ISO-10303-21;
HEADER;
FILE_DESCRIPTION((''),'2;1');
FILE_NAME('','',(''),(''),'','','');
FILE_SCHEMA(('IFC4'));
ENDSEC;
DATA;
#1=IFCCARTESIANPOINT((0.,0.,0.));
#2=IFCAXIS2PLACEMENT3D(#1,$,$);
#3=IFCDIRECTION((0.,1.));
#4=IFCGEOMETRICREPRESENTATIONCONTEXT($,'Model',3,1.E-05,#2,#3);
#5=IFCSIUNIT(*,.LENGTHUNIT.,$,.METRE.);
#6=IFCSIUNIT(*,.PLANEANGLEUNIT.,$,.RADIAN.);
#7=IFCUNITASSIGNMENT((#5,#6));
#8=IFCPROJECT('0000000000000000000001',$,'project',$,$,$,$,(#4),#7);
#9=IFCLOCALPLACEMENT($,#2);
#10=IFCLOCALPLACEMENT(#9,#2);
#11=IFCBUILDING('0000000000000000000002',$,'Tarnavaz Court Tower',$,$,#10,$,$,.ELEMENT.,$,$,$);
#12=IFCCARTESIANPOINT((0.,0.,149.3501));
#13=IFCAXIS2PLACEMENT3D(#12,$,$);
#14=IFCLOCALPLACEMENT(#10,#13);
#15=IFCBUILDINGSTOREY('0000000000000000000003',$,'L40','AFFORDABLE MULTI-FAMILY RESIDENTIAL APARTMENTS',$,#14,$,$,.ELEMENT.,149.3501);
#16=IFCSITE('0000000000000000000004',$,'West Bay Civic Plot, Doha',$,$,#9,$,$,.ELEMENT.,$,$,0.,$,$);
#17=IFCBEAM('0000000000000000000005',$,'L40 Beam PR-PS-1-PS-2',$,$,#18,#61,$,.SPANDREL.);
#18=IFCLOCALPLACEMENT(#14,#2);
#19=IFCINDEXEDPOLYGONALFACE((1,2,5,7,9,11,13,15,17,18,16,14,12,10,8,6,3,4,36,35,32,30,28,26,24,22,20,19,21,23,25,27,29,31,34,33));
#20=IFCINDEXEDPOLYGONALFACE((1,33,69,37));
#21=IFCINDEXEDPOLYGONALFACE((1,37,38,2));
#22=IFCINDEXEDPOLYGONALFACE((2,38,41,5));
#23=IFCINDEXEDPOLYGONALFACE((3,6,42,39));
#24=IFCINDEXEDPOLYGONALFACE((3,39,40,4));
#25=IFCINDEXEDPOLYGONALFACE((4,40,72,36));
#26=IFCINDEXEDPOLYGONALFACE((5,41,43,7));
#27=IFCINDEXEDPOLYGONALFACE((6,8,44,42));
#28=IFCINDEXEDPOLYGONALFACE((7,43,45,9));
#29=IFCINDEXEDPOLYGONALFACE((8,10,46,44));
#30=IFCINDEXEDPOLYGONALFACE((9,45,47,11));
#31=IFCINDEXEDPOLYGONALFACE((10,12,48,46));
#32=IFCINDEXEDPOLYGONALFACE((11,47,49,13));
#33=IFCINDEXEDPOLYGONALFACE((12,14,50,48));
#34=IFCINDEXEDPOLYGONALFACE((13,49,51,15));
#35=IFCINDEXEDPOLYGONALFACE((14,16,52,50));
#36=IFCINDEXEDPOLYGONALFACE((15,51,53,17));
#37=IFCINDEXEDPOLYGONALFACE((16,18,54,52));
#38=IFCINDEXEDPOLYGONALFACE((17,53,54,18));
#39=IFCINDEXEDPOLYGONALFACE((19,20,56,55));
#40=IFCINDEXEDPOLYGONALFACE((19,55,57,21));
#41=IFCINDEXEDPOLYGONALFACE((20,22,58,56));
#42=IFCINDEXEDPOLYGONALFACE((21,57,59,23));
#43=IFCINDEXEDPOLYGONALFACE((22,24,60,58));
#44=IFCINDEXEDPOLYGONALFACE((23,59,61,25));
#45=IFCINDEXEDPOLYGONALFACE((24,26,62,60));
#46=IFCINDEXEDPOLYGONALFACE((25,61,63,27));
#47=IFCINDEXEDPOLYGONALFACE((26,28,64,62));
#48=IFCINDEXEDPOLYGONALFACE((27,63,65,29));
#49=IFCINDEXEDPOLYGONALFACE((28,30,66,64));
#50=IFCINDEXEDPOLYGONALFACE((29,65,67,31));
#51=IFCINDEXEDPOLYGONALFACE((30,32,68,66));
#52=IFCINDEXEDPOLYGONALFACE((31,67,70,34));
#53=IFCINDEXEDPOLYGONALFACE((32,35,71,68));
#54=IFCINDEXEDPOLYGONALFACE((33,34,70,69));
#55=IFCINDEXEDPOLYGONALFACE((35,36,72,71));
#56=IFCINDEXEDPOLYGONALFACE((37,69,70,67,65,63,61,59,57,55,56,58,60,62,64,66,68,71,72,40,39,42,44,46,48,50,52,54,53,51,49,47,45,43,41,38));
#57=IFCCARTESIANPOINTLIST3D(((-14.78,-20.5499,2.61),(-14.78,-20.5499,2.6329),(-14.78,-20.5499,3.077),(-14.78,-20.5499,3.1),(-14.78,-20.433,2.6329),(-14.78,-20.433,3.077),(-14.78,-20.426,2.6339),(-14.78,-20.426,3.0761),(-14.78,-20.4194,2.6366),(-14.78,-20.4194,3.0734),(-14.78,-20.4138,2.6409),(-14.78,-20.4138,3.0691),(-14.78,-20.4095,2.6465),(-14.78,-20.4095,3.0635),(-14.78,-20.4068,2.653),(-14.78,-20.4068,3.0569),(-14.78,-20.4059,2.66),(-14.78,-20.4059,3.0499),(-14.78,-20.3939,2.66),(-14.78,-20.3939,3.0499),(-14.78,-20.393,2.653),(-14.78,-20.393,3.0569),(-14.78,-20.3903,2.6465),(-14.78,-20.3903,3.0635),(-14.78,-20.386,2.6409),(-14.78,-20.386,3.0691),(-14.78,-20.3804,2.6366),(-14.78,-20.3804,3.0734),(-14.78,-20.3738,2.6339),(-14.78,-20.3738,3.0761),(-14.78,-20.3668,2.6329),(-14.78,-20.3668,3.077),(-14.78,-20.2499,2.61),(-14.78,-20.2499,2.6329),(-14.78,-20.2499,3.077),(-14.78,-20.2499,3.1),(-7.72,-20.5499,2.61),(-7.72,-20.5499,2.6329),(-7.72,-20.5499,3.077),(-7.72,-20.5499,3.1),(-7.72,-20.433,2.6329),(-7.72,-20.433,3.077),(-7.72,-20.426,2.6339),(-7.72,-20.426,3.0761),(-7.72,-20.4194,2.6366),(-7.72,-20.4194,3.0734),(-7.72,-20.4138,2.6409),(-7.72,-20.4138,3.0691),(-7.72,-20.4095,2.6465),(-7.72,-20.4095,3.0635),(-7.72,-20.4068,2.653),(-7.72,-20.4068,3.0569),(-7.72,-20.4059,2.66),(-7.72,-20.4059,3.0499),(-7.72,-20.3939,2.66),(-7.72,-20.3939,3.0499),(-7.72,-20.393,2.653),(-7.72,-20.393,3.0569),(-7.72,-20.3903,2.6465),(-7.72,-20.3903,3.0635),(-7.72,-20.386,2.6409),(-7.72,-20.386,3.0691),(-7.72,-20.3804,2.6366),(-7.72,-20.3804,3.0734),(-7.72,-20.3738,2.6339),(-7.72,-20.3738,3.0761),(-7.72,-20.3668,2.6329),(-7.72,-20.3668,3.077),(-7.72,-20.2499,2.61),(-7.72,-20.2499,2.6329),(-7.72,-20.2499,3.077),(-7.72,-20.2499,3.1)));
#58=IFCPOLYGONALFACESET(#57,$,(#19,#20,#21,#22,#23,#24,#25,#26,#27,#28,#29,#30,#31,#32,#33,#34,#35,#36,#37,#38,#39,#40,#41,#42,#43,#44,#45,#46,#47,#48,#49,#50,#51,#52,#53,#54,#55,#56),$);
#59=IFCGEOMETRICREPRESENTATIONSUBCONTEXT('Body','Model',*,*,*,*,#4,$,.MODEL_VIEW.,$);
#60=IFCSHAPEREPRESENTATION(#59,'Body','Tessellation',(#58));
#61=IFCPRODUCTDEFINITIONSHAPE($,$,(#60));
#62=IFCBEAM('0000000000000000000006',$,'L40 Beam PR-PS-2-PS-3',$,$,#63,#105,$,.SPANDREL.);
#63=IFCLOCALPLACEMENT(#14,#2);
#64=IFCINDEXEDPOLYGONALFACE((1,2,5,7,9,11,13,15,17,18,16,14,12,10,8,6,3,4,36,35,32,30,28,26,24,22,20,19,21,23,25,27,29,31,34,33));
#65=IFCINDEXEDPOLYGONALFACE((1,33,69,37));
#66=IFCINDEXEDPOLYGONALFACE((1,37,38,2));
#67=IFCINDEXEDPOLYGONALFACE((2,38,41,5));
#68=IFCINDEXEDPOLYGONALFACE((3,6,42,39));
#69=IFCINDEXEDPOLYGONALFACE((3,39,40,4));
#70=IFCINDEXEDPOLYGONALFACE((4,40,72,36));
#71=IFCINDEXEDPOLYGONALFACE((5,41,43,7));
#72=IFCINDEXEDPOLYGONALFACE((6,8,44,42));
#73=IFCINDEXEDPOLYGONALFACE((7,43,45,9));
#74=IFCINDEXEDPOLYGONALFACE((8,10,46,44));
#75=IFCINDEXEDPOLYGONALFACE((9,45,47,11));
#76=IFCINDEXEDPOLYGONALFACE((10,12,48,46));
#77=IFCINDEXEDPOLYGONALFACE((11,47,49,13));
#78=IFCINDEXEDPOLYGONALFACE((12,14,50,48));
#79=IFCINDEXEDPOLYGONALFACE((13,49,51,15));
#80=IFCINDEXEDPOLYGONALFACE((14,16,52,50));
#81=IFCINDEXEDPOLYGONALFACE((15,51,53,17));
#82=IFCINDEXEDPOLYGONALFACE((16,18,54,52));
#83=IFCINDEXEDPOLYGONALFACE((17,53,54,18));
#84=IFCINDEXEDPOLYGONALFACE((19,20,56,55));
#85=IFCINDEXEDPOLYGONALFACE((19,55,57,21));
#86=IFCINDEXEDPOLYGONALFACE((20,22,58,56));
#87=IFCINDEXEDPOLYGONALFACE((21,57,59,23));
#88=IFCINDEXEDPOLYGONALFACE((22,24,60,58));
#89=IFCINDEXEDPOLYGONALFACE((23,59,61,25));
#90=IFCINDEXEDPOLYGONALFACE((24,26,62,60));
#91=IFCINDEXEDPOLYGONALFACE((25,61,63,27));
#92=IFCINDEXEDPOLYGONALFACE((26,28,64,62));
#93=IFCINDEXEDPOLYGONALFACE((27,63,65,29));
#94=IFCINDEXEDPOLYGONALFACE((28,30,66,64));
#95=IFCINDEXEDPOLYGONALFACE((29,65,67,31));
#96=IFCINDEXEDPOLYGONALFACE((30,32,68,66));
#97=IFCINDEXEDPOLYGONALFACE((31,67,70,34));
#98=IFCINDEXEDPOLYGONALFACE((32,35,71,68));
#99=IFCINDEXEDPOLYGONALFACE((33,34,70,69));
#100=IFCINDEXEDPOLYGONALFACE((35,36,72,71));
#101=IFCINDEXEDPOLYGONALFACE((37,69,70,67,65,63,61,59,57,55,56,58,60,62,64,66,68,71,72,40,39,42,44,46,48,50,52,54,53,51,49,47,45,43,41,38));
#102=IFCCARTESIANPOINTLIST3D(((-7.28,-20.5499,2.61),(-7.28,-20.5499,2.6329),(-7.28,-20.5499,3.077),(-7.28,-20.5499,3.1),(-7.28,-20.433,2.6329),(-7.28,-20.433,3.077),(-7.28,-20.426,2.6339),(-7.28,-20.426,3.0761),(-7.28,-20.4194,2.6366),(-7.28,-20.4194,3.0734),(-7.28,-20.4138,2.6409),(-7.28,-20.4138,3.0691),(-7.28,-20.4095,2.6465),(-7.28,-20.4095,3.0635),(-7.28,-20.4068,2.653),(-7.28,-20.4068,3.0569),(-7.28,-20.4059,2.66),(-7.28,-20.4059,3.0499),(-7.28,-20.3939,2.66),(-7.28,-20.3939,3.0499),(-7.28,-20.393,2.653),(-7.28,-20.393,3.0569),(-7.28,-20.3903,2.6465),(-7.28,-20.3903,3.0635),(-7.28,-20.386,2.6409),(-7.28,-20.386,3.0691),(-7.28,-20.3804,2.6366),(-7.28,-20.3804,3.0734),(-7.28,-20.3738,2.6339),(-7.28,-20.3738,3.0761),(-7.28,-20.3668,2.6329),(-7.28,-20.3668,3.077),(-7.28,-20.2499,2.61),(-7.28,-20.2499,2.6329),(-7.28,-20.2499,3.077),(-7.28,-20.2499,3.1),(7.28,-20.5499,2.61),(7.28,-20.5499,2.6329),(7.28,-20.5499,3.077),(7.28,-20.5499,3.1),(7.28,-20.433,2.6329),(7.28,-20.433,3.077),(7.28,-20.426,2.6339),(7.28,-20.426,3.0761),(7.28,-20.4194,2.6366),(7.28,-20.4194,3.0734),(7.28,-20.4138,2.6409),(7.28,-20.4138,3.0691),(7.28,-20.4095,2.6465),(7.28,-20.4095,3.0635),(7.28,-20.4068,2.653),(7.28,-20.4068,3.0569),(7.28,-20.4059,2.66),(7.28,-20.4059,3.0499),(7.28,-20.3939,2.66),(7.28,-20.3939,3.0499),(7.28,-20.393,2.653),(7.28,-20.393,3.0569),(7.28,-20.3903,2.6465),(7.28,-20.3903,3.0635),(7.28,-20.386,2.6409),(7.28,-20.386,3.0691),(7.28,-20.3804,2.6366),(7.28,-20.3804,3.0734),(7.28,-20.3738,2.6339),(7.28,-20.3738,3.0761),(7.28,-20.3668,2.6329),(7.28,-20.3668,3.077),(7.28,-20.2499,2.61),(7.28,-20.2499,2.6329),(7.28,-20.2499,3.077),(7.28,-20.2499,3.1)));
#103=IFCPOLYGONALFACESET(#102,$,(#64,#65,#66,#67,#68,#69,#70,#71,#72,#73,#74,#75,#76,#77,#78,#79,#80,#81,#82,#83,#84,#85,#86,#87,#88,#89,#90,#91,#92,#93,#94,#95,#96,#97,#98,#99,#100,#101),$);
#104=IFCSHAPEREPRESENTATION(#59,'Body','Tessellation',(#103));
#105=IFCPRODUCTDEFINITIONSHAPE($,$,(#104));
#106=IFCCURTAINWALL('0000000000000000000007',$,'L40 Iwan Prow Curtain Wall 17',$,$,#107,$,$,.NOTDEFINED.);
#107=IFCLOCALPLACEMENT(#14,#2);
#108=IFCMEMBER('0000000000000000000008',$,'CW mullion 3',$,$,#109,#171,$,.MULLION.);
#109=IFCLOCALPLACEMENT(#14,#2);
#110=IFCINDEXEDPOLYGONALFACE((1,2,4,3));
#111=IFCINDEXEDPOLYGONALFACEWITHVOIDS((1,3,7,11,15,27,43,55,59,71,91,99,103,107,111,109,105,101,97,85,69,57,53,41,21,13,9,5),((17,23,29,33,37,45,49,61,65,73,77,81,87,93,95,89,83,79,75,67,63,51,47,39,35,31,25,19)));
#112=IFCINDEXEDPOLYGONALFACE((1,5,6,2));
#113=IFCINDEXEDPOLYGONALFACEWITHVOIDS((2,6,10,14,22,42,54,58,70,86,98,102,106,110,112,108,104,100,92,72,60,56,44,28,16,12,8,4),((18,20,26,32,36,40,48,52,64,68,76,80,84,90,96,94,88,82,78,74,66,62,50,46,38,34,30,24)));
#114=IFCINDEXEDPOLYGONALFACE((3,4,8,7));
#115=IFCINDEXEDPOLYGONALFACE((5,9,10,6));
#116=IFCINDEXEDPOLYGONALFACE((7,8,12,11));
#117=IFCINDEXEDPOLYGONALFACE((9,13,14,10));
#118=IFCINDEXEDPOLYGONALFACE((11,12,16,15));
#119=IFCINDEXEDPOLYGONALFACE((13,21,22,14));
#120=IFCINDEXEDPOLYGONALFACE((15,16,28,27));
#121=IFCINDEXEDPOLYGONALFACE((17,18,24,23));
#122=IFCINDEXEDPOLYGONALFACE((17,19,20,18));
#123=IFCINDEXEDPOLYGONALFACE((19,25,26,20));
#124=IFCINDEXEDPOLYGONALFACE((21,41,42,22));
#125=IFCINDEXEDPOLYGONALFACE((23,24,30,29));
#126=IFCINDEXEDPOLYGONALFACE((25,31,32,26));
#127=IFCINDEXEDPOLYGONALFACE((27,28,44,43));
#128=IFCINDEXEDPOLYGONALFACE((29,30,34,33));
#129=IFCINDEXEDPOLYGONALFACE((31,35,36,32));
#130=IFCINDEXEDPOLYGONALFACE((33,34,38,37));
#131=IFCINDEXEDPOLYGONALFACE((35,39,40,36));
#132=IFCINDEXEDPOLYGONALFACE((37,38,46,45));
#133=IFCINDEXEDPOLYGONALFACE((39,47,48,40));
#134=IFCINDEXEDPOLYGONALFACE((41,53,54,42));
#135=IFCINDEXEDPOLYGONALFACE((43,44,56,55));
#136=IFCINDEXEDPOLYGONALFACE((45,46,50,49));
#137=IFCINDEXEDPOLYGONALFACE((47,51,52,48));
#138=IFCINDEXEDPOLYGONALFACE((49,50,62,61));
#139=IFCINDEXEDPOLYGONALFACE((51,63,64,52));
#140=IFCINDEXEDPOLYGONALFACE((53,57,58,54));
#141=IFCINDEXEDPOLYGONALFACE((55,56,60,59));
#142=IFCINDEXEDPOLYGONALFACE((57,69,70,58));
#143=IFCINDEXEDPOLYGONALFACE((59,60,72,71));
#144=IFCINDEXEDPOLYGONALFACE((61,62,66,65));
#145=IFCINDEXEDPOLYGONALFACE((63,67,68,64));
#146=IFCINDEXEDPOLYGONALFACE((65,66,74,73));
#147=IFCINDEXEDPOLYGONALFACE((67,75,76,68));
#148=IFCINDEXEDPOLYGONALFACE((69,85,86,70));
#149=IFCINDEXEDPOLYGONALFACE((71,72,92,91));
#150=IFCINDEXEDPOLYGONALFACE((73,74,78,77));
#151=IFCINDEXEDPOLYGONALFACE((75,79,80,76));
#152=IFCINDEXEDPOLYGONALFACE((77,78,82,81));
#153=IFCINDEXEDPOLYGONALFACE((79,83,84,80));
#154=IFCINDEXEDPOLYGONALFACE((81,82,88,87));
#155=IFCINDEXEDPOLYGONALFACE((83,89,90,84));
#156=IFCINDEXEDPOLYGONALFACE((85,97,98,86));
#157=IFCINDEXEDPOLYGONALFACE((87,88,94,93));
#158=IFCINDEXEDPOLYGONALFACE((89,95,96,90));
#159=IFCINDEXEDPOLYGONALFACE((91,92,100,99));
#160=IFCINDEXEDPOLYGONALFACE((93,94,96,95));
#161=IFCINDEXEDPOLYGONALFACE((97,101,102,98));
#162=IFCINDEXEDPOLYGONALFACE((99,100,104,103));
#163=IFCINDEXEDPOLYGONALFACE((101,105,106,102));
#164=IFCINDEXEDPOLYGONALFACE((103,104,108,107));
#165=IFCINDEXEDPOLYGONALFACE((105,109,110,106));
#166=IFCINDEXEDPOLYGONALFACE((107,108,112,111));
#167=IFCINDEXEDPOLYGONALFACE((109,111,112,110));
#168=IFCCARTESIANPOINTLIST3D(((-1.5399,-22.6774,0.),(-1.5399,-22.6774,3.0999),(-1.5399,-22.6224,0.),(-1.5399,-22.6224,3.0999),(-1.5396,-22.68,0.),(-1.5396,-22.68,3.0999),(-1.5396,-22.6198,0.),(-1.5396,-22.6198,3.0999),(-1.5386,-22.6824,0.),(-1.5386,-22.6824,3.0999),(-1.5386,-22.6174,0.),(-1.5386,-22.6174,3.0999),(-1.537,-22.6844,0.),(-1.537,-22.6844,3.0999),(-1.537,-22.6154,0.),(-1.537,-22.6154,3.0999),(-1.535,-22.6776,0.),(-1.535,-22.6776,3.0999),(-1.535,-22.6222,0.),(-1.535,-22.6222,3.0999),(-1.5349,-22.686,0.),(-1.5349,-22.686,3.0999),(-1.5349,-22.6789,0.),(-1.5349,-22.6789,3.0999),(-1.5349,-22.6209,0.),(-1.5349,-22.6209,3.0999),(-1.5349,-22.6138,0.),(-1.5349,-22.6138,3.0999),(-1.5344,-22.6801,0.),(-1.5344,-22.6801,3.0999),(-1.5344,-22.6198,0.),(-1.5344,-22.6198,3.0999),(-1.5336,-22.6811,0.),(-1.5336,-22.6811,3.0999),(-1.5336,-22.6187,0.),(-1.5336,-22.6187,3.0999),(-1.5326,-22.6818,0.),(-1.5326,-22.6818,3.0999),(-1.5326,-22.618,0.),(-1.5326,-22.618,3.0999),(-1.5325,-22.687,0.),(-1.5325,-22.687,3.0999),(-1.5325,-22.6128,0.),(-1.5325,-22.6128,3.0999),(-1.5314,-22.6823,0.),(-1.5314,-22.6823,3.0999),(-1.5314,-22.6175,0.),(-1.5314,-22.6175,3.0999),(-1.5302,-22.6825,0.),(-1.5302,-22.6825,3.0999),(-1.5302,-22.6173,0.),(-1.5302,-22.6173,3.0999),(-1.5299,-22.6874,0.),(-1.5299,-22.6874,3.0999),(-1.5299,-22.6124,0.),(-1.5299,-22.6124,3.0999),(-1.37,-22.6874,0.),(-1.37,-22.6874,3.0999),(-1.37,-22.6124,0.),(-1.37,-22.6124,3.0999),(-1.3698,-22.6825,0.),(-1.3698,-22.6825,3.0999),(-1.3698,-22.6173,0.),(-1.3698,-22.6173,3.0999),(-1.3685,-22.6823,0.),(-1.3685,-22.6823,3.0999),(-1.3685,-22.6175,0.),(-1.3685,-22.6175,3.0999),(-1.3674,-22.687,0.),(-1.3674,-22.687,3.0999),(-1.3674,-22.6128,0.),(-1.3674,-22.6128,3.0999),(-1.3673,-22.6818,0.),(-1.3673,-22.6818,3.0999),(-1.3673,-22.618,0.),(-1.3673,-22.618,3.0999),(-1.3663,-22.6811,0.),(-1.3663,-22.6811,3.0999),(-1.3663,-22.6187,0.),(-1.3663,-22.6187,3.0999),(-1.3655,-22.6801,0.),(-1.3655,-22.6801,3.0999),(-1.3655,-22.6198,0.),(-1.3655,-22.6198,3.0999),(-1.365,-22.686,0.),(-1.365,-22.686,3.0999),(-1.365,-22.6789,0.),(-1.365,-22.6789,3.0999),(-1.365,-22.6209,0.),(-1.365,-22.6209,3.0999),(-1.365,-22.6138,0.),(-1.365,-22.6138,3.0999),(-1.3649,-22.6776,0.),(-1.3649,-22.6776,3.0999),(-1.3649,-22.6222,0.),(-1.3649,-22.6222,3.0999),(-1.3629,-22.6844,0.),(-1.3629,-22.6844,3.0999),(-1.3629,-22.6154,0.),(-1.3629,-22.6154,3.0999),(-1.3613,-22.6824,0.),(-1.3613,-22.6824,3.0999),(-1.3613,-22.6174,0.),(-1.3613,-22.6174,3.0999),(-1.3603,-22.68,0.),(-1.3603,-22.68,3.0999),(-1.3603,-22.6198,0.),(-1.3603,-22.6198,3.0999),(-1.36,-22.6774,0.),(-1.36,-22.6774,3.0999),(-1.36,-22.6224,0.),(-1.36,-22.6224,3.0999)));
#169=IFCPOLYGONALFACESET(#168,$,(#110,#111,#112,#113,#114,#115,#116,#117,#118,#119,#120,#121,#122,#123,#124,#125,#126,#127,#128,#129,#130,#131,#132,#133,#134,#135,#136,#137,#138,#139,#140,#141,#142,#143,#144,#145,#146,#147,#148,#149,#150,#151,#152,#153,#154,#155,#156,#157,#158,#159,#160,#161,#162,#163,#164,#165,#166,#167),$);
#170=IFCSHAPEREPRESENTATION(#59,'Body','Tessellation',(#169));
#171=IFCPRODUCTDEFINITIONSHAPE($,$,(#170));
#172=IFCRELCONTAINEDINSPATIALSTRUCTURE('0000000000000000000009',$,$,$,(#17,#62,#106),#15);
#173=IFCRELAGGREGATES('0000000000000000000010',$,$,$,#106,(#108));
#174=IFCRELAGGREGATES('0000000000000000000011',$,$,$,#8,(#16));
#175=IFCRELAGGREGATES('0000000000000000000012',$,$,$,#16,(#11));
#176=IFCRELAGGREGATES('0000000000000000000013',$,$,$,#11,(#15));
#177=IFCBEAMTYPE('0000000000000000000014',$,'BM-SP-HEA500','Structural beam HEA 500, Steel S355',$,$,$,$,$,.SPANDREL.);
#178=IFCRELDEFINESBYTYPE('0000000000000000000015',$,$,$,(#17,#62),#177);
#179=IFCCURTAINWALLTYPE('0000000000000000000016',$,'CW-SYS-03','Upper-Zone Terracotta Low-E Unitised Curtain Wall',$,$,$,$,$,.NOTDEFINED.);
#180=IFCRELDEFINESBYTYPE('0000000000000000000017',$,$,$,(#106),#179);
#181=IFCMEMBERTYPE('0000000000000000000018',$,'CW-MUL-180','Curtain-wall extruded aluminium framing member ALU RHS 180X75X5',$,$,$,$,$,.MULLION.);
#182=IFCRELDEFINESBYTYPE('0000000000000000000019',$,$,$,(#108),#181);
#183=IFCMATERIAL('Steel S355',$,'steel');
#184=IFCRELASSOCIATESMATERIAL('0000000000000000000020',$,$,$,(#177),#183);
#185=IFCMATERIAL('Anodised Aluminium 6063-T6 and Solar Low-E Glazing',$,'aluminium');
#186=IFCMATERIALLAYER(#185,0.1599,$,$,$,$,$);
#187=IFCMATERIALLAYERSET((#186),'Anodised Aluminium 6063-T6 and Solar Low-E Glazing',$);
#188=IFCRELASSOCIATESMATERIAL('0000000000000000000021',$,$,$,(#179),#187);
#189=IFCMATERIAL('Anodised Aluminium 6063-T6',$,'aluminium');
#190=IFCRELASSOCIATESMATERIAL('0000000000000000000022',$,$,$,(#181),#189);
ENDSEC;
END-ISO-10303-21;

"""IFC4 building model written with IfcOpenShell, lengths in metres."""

from ifc_helpers import new_model, si_unit, direction, frame, origin, origin_2d, place, context, subcontext, project, spatial, hollow_rectangle, i_section, extrude, material, layer, layer_set, material_profile, profile_set, type_object, element, aggregate, save


model = new_model("IFC4")

# Units and contexts
model_context = context("Model", 3, precision=1e-05, world=origin(), true_north=direction((0.0, 1.0)))
body_context = subcontext(model_context, "Body", "Model", "MODEL_VIEW")
ifc_project = project(units=[si_unit("LENGTHUNIT", "METRE"), si_unit("PLANEANGLEUNIT", "RADIAN")], contexts=[model_context])

# Site, building, storey
site_placement = place(None, origin())
site = spatial("IfcSite", under=ifc_project, at=site_placement, Name="West Bay Civic Plot, Doha", CompositionType="ELEMENT", RefElevation=0.0)
building_placement = place(site_placement, origin())
building = spatial("IfcBuilding", under=site, at=building_placement, Name="Tarnavaz Court Tower", CompositionType="ELEMENT")
storey_placement = place(building_placement, frame((0.0, 0.0, 149.3501)))
storey = spatial("IfcBuildingStorey", under=building, at=storey_placement, Name="L40", Description="AFFORDABLE MULTI-FAMILY RESIDENTIAL APARTMENTS", CompositionType="ELEMENT", Elevation=149.3501)

# Beams
ifc_material_1 = material(Name="Steel S355", Category="steel")
ifc_material_profile_1 = material_profile(ifc_material_1, i_section(OverallWidth=0.3, OverallDepth=0.49, WebThickness=0.012, FlangeThickness=0.0229, FilletRadius=0.0271, at=origin_2d()), Name="HEA 500")
ifc_profile_set_1 = profile_set([ifc_material_profile_1], Name="Steel S355")
beam_type_1 = type_object("IfcBeamType", Name="BM-SP-HEA500", Description="Structural beam HEA 500, Steel S355", PredefinedType="SPANDREL", material=ifc_profile_set_1)
beam_1_placement = place(storey_placement, frame((-14.78, -20.3999, 2.855), z_axis=(1.0, 0.0, 0.0), x_axis=(0.0, 1.0, 0.0)))
element("IfcBeam", 1, at=beam_1_placement, inside=storey, type_object=beam_type_1, Name="L40 Beam PR-PS-1-PS-2", PredefinedType="SPANDREL", context=body_context, shape_type="SweptSolid", body=[
    extrude(i_section(OverallWidth=0.3, OverallDepth=0.49, WebThickness=0.012, FlangeThickness=0.0229, FilletRadius=0.0271, at=origin_2d()), origin(), (0.0, 0.0, 1.0), 7.0601),
])
beam_2_placement = place(storey_placement, frame((-7.28, -20.3999, 2.855), z_axis=(1.0, 0.0, 0.0), x_axis=(0.0, 1.0, 0.0)))
element("IfcBeam", 2, at=beam_2_placement, inside=storey, type_object=beam_type_1, Name="L40 Beam PR-PS-2-PS-3", PredefinedType="SPANDREL", context=body_context, shape_type="SweptSolid", body=[
    extrude(i_section(OverallWidth=0.3, OverallDepth=0.49, WebThickness=0.012, FlangeThickness=0.0229, FilletRadius=0.0271, at=origin_2d()), origin(), (0.0, 0.0, 1.0), 14.5601),
])

# Curtain wall, member
ifc_material_2 = material(Name="Anodised Aluminium 6063-T6 and Solar Low-E Glazing", Category="aluminium")
ifc_layer_1 = layer(ifc_material_2, 0.1599)
ifc_layer_set_1 = layer_set([ifc_layer_1], Name="Anodised Aluminium 6063-T6 and Solar Low-E Glazing")
curtain_wall_type = type_object("IfcCurtainWallType", Name="CW-SYS-03", Description="Upper-Zone Terracotta Low-E Unitised Curtain Wall", PredefinedType="NOTDEFINED", material=ifc_layer_set_1)
curtain_wall_placement = place(storey_placement, origin())
curtain_wall = element("IfcCurtainWall", 3, at=curtain_wall_placement, inside=storey, type_object=curtain_wall_type, Name="L40 Iwan Prow Curtain Wall 17", PredefinedType="NOTDEFINED")
ifc_material_3 = material(Name="Anodised Aluminium 6063-T6", Category="aluminium")
ifc_material_profile_2 = material_profile(ifc_material_3, hollow_rectangle(XDim=0.075, YDim=0.1799, WallThickness=0.0049, InnerFilletRadius=0.0049, OuterFilletRadius=0.01, at=origin_2d()), Name="ALU RHS 180X75X5")
ifc_profile_set_2 = profile_set([ifc_material_profile_2], Name="Anodised Aluminium 6063-T6")
member_type_1 = type_object("IfcMemberType", Name="CW-MUL-180", Description="Curtain-wall extruded aluminium framing member ALU RHS 180X75X5", PredefinedType="MULLION", material=ifc_profile_set_2)
member_1_placement = place(storey_placement, frame((-1.45, -22.6499, 0.0), z_axis=(0.0, 0.0, 1.0), x_axis=(0.0, -1.0, 0.0)))
member_1 = element("IfcMember", 4, at=member_1_placement, type_object=member_type_1, Name="CW mullion 3", PredefinedType="MULLION", context=body_context, shape_type="SweptSolid", body=[
    extrude(hollow_rectangle(XDim=0.075, YDim=0.1799, WallThickness=0.0049, InnerFilletRadius=0.0049, OuterFilletRadius=0.01, at=origin_2d()), origin(), (0.0, 0.0, 1.0), 3.0999),
])
aggregate(curtain_wall, [member_1])

save(model, "model.ifc")
